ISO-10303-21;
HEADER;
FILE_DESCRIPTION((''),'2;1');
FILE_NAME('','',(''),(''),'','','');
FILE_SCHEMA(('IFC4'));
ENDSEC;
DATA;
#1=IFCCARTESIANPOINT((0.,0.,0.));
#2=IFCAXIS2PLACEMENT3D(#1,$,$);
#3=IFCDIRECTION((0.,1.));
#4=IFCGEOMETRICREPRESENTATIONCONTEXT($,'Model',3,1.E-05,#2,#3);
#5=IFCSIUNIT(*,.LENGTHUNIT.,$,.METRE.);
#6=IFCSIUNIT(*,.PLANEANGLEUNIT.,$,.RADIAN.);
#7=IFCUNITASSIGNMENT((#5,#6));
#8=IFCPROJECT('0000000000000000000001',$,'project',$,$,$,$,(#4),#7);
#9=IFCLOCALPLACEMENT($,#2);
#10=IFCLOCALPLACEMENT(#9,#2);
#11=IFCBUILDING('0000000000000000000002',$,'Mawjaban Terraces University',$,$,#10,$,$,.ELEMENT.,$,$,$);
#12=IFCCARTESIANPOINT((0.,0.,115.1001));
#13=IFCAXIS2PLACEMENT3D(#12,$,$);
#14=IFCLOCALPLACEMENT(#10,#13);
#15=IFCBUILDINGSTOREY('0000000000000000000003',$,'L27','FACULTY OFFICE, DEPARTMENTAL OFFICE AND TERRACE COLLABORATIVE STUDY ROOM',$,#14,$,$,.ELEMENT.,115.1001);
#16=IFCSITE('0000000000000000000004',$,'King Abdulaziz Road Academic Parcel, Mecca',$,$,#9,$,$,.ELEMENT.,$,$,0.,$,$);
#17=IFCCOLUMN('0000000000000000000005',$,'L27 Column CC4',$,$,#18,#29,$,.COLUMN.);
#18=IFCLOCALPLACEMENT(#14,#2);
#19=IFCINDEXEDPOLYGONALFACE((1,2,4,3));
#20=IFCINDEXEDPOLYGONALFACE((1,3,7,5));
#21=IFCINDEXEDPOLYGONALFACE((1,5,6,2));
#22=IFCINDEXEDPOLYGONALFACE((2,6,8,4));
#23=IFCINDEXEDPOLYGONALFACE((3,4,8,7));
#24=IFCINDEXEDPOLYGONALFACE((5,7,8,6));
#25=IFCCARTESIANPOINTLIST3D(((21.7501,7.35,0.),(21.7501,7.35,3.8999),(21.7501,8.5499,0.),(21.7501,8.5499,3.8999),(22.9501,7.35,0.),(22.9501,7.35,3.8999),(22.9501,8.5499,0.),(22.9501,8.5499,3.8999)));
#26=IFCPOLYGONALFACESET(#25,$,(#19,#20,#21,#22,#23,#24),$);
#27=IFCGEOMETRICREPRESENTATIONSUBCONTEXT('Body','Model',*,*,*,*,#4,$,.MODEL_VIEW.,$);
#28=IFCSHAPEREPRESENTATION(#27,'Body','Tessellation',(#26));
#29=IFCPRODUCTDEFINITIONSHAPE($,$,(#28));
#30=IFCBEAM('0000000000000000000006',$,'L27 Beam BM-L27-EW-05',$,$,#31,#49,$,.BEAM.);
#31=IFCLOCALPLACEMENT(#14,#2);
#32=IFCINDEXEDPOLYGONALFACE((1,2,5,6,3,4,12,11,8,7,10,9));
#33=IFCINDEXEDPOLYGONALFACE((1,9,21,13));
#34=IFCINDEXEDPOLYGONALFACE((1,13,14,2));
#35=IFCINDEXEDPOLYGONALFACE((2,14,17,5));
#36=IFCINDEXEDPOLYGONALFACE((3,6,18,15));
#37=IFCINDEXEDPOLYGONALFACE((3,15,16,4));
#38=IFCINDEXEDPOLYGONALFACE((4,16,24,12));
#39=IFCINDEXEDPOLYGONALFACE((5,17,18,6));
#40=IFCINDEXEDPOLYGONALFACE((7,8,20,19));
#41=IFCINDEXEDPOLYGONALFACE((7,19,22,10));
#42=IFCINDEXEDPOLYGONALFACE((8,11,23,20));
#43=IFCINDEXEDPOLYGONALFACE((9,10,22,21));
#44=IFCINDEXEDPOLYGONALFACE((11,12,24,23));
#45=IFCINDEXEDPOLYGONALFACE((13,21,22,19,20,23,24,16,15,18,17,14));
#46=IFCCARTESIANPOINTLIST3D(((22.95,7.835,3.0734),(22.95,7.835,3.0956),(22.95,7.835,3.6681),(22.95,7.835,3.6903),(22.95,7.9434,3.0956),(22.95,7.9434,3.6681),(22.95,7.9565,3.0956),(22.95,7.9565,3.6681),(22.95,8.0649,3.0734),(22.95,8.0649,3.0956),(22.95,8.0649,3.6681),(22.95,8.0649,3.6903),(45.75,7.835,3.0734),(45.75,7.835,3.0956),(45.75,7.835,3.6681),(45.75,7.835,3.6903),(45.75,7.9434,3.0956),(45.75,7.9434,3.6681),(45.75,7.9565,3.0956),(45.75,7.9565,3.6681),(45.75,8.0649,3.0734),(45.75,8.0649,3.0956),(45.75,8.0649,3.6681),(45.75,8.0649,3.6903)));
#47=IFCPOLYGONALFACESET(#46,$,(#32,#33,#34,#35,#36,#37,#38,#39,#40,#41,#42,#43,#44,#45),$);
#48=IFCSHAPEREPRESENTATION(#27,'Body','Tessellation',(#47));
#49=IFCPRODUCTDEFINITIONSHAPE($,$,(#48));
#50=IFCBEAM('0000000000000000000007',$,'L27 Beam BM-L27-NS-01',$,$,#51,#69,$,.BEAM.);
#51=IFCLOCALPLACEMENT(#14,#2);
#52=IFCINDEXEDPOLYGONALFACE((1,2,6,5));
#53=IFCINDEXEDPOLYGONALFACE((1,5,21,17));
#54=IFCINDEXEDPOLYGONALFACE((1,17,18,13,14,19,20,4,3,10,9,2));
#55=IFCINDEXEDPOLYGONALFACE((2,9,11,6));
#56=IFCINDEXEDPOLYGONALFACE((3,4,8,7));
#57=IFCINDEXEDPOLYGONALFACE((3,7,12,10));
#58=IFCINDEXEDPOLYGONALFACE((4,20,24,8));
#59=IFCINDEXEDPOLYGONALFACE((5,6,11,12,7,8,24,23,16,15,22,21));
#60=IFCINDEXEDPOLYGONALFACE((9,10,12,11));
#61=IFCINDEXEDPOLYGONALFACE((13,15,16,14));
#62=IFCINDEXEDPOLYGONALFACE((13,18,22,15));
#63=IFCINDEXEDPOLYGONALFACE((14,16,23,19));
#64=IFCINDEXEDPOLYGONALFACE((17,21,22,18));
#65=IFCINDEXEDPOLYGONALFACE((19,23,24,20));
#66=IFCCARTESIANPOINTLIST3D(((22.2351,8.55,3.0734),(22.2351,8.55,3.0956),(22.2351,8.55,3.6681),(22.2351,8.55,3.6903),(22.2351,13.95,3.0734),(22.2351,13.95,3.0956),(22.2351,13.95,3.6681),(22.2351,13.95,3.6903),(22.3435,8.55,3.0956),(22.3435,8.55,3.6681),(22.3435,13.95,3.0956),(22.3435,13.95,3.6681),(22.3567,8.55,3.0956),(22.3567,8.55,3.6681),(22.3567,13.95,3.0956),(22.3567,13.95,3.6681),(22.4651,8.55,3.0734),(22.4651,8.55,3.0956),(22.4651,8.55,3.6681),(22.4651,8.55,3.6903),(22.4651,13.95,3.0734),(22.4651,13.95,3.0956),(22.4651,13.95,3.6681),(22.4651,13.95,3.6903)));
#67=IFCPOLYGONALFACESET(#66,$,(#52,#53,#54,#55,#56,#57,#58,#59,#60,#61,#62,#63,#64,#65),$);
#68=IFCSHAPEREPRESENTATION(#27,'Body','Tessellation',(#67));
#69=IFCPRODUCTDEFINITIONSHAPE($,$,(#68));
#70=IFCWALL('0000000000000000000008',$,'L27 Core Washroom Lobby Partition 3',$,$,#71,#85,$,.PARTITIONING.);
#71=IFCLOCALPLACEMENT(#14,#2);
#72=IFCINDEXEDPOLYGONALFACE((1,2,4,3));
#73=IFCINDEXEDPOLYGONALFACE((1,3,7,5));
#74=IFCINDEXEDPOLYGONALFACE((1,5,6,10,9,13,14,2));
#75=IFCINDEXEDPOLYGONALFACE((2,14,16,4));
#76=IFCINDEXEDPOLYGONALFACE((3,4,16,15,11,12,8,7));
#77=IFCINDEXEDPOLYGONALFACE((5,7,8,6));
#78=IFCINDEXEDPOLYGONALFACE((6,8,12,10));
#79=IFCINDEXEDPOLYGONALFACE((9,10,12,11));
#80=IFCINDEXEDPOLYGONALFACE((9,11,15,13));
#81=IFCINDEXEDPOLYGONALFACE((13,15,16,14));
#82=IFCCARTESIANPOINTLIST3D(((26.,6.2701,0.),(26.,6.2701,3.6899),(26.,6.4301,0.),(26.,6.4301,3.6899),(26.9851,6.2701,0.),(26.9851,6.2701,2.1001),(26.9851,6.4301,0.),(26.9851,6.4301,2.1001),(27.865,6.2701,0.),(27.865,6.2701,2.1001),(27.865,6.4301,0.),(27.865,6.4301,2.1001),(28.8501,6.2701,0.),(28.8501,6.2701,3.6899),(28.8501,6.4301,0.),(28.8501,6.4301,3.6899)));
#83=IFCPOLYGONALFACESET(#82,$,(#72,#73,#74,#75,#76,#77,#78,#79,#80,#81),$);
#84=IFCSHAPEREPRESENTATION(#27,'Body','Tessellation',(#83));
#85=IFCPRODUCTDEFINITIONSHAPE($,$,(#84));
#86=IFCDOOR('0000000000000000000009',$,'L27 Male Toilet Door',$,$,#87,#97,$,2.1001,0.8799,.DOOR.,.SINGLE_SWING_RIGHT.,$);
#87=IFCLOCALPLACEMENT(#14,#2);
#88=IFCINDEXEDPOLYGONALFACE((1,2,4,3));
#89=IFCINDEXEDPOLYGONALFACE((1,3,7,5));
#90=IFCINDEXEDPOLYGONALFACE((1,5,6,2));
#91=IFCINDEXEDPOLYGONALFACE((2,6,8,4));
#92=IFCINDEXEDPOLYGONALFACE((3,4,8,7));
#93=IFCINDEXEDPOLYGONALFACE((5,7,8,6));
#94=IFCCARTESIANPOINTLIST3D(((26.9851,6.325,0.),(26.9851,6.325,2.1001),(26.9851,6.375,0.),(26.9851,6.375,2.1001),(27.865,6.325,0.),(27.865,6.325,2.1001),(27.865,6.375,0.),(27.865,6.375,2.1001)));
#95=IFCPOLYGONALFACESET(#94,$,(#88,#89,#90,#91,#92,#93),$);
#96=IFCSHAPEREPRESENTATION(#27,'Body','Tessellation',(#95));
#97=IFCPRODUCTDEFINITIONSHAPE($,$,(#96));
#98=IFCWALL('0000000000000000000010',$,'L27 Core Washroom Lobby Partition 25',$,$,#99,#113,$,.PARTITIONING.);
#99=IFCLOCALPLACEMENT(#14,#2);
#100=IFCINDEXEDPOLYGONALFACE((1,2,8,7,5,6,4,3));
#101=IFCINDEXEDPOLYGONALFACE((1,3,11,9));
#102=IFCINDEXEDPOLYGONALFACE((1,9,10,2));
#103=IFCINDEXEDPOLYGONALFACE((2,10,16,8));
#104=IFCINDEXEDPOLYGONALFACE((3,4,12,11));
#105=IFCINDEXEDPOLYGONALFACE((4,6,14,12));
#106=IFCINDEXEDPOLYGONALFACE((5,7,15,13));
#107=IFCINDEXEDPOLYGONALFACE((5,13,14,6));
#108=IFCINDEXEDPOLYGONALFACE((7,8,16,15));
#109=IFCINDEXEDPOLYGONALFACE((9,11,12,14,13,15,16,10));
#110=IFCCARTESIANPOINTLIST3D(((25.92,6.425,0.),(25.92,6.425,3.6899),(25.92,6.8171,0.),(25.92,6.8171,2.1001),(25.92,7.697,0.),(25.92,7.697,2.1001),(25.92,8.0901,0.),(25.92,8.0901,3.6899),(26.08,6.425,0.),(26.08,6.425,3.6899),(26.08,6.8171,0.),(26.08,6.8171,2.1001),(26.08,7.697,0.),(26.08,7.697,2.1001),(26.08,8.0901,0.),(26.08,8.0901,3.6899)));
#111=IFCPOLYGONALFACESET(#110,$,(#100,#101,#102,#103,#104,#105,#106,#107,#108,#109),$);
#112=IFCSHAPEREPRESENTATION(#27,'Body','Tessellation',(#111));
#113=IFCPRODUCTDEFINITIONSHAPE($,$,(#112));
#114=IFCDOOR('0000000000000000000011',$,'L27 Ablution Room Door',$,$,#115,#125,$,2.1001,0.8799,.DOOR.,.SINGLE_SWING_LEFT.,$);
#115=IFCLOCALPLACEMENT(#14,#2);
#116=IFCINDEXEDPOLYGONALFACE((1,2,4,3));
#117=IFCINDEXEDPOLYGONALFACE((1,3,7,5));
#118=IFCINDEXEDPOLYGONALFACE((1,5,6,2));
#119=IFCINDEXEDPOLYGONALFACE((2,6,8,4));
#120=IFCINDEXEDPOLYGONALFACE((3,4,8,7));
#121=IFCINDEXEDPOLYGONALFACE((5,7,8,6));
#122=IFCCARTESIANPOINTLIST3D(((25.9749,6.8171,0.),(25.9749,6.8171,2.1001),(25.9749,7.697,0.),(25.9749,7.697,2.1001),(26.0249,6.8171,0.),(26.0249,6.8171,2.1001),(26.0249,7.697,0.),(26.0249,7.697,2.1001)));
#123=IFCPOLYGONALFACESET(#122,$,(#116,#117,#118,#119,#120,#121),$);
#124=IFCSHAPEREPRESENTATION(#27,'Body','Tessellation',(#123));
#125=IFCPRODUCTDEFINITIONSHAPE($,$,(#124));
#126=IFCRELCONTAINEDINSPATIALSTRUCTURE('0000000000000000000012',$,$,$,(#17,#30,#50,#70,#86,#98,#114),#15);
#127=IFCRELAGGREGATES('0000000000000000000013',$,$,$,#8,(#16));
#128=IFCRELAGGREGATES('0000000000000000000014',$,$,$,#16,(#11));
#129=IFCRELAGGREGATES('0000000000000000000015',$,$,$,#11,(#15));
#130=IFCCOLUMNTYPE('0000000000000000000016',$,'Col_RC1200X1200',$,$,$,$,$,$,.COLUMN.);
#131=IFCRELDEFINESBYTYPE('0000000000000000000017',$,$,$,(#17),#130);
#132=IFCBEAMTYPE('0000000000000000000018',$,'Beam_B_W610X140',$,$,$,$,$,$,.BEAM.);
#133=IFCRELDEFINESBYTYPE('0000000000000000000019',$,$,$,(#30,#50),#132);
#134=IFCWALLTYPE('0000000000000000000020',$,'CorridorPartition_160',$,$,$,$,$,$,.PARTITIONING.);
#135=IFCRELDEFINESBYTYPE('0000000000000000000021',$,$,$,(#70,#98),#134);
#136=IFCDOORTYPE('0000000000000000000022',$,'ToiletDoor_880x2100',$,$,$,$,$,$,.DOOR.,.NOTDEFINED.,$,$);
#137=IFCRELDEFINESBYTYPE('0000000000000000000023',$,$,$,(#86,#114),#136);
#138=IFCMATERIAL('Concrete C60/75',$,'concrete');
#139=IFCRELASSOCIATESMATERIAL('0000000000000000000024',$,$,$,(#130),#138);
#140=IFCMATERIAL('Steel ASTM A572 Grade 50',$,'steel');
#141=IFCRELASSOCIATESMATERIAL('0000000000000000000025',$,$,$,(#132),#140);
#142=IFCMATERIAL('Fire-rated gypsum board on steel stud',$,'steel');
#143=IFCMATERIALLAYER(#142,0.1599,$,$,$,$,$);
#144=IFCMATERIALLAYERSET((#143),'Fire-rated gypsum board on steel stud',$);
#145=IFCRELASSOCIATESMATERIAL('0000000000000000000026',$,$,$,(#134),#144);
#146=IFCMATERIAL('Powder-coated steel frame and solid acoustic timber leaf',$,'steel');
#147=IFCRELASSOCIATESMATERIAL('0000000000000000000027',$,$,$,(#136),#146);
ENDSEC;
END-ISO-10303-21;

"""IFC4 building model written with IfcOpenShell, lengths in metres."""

from ifc_helpers import new_model, si_unit, direction, frame, frame_2d, origin, origin_2d, place, context, subcontext, project, spatial, rectangle, i_section, extrude, material, layer, layer_set, material_profile, profile_set, type_object, element, fill, save


model = new_model("IFC4")

# Units and contexts
model_context = context("Model", 3, precision=1e-05, world=origin(), true_north=direction((0.0, 1.0)))
body_context = subcontext(model_context, "Body", "Model", "MODEL_VIEW")
ifc_project = project(units=[si_unit("LENGTHUNIT", "METRE"), si_unit("PLANEANGLEUNIT", "RADIAN")], contexts=[model_context])

# Site, building, storey
site_placement = place(None, origin())
site = spatial("IfcSite", under=ifc_project, at=site_placement, Name="King Abdulaziz Road Academic Parcel, Mecca", CompositionType="ELEMENT", RefElevation=0.0)
building_placement = place(site_placement, origin())
building = spatial("IfcBuilding", under=site, at=building_placement, Name="Mawjaban Terraces University", CompositionType="ELEMENT")
storey_placement = place(building_placement, frame((0.0, 0.0, 115.1001)))
storey = spatial("IfcBuildingStorey", under=building, at=storey_placement, Name="L27", Description="FACULTY OFFICE, DEPARTMENTAL OFFICE AND TERRACE COLLABORATIVE STUDY ROOM", CompositionType="ELEMENT", Elevation=115.1001)

# Column
ifc_material_1 = material(Name="Concrete C60/75", Category="concrete")
ifc_material_profile_1 = material_profile(ifc_material_1, rectangle(XDim=1.2, YDim=1.2, at=origin_2d()), Name="RC1200X1200")
ifc_profile_set_1 = profile_set([ifc_material_profile_1], Name="Concrete C60/75")
column_type = type_object("IfcColumnType", Name="Col_RC1200X1200", PredefinedType="COLUMN", material=ifc_profile_set_1)
column_placement = place(storey_placement, frame((22.3501, 7.95, 0.0), z_axis=(0.0, 0.0, 1.0), x_axis=(1.0, 0.0, 0.0)))
element("IfcColumn", 1, at=column_placement, inside=storey, type_object=column_type, Name="L27 Column CC4", PredefinedType="COLUMN", context=body_context, shape_type="SweptSolid", body=[
    extrude(rectangle(XDim=1.2, YDim=1.2, at=origin_2d()), origin(), (0.0, 0.0, 1.0), 3.8999),
])

# Beams
ifc_material_2 = material(Name="Steel ASTM A572 Grade 50", Category="steel")
ifc_material_profile_2 = material_profile(ifc_material_2, i_section(OverallWidth=0.23, OverallDepth=0.6169, WebThickness=0.0132, FlangeThickness=0.0222, at=origin_2d()), Name="W610X140")
ifc_profile_set_2 = profile_set([ifc_material_profile_2], Name="Steel ASTM A572 Grade 50")
beam_type = type_object("IfcBeamType", Name="Beam_B_W610X140", PredefinedType="BEAM", material=ifc_profile_set_2)
beam_1_placement = place(storey_placement, frame((22.95, 7.95, 3.3818), z_axis=(1.0, 0.0, 0.0), x_axis=(0.0, 1.0, 0.0)))
element("IfcBeam", 2, at=beam_1_placement, inside=storey, type_object=beam_type, Name="L27 Beam BM-L27-EW-05", PredefinedType="BEAM", context=body_context, shape_type="SweptSolid", body=[
    extrude(i_section(OverallWidth=0.23, OverallDepth=0.6169, WebThickness=0.0132, FlangeThickness=0.0222, at=origin_2d()), origin(), (0.0, 0.0, 1.0), 22.8),
])
beam_2_placement = place(storey_placement, frame((22.3501, 8.55, 3.3818), z_axis=(0.0, 1.0, 0.0), x_axis=(-1.0, 0.0, 0.0)))
element("IfcBeam", 3, at=beam_2_placement, inside=storey, type_object=beam_type, Name="L27 Beam BM-L27-NS-01", PredefinedType="BEAM", context=body_context, shape_type="SweptSolid", body=[
    extrude(i_section(OverallWidth=0.23, OverallDepth=0.6169, WebThickness=0.0132, FlangeThickness=0.0222, at=origin_2d()), origin(), (0.0, 0.0, 1.0), 5.3999),
])

# Walls, openings, doors
ifc_material_3 = material(Name="Fire-rated gypsum board on steel stud", Category="steel")
ifc_layer_1 = layer(ifc_material_3, 0.1599)
ifc_layer_set_1 = layer_set([ifc_layer_1], Name="Fire-rated gypsum board on steel stud")
wall_type_1 = type_object("IfcWallType", Name="CorridorPartition_160", PredefinedType="PARTITIONING", material=ifc_layer_set_1)
wall_1_placement = place(storey_placement, frame((26.0, 6.3501, 0.0), z_axis=(0.0, 0.0, 1.0), x_axis=(1.0, 0.0, 0.0)))
wall_1 = element("IfcWall", 4, at=wall_1_placement, inside=storey, type_object=wall_type_1, Name="L27 Core Washroom Lobby Partition 3", PredefinedType="PARTITIONING", context=body_context, shape_type="SweptSolid", body=[
    extrude(rectangle(XDim=2.8501, YDim=0.1599, at=frame_2d((1.425, 0.0))), origin(), (0.0, 0.0, 1.0), 3.6899),
])
opening_1_placement = place(wall_1_placement, frame((0.9851, 0.0, 0.0)))
opening_1 = element("IfcOpeningElement", 5, at=opening_1_placement, cuts=wall_1, PredefinedType="OPENING", context=body_context, shape_type="SweptSolid", body=[
    extrude(rectangle(XDim=0.8799, YDim=2.1001, at=frame_2d((0.4399, 1.05))), frame((0.0, 0.0898, 0.0), z_axis=(0.0, -1.0, 0.0), x_axis=(1.0, 0.0, 0.0)), (0.0, 0.0, 1.0), 0.1799),
])
ifc_material_4 = material(Name="Powder-coated steel frame and solid acoustic timber leaf", Category="steel")
door_type = type_object("IfcDoorType", Name="ToiletDoor_880x2100", OperationType="NOTDEFINED", PredefinedType="DOOR", material=ifc_material_4)
door_1_placement = place(opening_1_placement, origin())
door_1 = element("IfcDoor", 6, at=door_1_placement, inside=storey, type_object=door_type, Name="L27 Male Toilet Door", OperationType="SINGLE_SWING_RIGHT", OverallHeight=2.1001, OverallWidth=0.8799, PredefinedType="DOOR", context=body_context, shape_type="SweptSolid", body=[
    extrude(rectangle(XDim=0.8799, YDim=2.1001, at=frame_2d((0.4399, 1.05))), frame((0.0, 0.0249, 0.0), z_axis=(0.0, -1.0, 0.0), x_axis=(1.0, 0.0, 0.0)), (0.0, 0.0, 1.0), 0.05),
])
fill(opening_1, door_1)
wall_2_placement = place(storey_placement, frame((26.0, 8.0901, 0.0), z_axis=(0.0, 0.0, 1.0), x_axis=(0.0, -1.0, 0.0)))
wall_2 = element("IfcWall", 7, at=wall_2_placement, inside=storey, type_object=wall_type_1, Name="L27 Core Washroom Lobby Partition 25", PredefinedType="PARTITIONING", context=body_context, shape_type="SweptSolid", body=[
    extrude(rectangle(XDim=1.665, YDim=0.1599, at=frame_2d((0.8325, 0.0))), origin(), (0.0, 0.0, 1.0), 3.6899),
])
opening_2_placement = place(wall_2_placement, frame((0.3931, 0.0, 0.0)))
opening_2 = element("IfcOpeningElement", 8, at=opening_2_placement, cuts=wall_2, PredefinedType="OPENING", context=body_context, shape_type="SweptSolid", body=[
    extrude(rectangle(XDim=0.8799, YDim=2.1001, at=frame_2d((0.4399, 1.05))), frame((0.0, 0.0898, 0.0), z_axis=(0.0, -1.0, 0.0), x_axis=(1.0, 0.0, 0.0)), (0.0, 0.0, 1.0), 0.1799),
])
door_2_placement = place(opening_2_placement, origin())
door_2 = element("IfcDoor", 9, at=door_2_placement, inside=storey, type_object=door_type, Name="L27 Ablution Room Door", OperationType="SINGLE_SWING_LEFT", OverallHeight=2.1001, OverallWidth=0.8799, PredefinedType="DOOR", context=body_context, shape_type="SweptSolid", body=[
    extrude(rectangle(XDim=0.8799, YDim=2.1001, at=frame_2d((0.4399, 1.05))), frame((0.0, 0.0249, 0.0), z_axis=(0.0, -1.0, 0.0), x_axis=(1.0, 0.0, 0.0)), (0.0, 0.0, 1.0), 0.05),
])
fill(opening_2, door_2)

save(model, "model.ifc")
